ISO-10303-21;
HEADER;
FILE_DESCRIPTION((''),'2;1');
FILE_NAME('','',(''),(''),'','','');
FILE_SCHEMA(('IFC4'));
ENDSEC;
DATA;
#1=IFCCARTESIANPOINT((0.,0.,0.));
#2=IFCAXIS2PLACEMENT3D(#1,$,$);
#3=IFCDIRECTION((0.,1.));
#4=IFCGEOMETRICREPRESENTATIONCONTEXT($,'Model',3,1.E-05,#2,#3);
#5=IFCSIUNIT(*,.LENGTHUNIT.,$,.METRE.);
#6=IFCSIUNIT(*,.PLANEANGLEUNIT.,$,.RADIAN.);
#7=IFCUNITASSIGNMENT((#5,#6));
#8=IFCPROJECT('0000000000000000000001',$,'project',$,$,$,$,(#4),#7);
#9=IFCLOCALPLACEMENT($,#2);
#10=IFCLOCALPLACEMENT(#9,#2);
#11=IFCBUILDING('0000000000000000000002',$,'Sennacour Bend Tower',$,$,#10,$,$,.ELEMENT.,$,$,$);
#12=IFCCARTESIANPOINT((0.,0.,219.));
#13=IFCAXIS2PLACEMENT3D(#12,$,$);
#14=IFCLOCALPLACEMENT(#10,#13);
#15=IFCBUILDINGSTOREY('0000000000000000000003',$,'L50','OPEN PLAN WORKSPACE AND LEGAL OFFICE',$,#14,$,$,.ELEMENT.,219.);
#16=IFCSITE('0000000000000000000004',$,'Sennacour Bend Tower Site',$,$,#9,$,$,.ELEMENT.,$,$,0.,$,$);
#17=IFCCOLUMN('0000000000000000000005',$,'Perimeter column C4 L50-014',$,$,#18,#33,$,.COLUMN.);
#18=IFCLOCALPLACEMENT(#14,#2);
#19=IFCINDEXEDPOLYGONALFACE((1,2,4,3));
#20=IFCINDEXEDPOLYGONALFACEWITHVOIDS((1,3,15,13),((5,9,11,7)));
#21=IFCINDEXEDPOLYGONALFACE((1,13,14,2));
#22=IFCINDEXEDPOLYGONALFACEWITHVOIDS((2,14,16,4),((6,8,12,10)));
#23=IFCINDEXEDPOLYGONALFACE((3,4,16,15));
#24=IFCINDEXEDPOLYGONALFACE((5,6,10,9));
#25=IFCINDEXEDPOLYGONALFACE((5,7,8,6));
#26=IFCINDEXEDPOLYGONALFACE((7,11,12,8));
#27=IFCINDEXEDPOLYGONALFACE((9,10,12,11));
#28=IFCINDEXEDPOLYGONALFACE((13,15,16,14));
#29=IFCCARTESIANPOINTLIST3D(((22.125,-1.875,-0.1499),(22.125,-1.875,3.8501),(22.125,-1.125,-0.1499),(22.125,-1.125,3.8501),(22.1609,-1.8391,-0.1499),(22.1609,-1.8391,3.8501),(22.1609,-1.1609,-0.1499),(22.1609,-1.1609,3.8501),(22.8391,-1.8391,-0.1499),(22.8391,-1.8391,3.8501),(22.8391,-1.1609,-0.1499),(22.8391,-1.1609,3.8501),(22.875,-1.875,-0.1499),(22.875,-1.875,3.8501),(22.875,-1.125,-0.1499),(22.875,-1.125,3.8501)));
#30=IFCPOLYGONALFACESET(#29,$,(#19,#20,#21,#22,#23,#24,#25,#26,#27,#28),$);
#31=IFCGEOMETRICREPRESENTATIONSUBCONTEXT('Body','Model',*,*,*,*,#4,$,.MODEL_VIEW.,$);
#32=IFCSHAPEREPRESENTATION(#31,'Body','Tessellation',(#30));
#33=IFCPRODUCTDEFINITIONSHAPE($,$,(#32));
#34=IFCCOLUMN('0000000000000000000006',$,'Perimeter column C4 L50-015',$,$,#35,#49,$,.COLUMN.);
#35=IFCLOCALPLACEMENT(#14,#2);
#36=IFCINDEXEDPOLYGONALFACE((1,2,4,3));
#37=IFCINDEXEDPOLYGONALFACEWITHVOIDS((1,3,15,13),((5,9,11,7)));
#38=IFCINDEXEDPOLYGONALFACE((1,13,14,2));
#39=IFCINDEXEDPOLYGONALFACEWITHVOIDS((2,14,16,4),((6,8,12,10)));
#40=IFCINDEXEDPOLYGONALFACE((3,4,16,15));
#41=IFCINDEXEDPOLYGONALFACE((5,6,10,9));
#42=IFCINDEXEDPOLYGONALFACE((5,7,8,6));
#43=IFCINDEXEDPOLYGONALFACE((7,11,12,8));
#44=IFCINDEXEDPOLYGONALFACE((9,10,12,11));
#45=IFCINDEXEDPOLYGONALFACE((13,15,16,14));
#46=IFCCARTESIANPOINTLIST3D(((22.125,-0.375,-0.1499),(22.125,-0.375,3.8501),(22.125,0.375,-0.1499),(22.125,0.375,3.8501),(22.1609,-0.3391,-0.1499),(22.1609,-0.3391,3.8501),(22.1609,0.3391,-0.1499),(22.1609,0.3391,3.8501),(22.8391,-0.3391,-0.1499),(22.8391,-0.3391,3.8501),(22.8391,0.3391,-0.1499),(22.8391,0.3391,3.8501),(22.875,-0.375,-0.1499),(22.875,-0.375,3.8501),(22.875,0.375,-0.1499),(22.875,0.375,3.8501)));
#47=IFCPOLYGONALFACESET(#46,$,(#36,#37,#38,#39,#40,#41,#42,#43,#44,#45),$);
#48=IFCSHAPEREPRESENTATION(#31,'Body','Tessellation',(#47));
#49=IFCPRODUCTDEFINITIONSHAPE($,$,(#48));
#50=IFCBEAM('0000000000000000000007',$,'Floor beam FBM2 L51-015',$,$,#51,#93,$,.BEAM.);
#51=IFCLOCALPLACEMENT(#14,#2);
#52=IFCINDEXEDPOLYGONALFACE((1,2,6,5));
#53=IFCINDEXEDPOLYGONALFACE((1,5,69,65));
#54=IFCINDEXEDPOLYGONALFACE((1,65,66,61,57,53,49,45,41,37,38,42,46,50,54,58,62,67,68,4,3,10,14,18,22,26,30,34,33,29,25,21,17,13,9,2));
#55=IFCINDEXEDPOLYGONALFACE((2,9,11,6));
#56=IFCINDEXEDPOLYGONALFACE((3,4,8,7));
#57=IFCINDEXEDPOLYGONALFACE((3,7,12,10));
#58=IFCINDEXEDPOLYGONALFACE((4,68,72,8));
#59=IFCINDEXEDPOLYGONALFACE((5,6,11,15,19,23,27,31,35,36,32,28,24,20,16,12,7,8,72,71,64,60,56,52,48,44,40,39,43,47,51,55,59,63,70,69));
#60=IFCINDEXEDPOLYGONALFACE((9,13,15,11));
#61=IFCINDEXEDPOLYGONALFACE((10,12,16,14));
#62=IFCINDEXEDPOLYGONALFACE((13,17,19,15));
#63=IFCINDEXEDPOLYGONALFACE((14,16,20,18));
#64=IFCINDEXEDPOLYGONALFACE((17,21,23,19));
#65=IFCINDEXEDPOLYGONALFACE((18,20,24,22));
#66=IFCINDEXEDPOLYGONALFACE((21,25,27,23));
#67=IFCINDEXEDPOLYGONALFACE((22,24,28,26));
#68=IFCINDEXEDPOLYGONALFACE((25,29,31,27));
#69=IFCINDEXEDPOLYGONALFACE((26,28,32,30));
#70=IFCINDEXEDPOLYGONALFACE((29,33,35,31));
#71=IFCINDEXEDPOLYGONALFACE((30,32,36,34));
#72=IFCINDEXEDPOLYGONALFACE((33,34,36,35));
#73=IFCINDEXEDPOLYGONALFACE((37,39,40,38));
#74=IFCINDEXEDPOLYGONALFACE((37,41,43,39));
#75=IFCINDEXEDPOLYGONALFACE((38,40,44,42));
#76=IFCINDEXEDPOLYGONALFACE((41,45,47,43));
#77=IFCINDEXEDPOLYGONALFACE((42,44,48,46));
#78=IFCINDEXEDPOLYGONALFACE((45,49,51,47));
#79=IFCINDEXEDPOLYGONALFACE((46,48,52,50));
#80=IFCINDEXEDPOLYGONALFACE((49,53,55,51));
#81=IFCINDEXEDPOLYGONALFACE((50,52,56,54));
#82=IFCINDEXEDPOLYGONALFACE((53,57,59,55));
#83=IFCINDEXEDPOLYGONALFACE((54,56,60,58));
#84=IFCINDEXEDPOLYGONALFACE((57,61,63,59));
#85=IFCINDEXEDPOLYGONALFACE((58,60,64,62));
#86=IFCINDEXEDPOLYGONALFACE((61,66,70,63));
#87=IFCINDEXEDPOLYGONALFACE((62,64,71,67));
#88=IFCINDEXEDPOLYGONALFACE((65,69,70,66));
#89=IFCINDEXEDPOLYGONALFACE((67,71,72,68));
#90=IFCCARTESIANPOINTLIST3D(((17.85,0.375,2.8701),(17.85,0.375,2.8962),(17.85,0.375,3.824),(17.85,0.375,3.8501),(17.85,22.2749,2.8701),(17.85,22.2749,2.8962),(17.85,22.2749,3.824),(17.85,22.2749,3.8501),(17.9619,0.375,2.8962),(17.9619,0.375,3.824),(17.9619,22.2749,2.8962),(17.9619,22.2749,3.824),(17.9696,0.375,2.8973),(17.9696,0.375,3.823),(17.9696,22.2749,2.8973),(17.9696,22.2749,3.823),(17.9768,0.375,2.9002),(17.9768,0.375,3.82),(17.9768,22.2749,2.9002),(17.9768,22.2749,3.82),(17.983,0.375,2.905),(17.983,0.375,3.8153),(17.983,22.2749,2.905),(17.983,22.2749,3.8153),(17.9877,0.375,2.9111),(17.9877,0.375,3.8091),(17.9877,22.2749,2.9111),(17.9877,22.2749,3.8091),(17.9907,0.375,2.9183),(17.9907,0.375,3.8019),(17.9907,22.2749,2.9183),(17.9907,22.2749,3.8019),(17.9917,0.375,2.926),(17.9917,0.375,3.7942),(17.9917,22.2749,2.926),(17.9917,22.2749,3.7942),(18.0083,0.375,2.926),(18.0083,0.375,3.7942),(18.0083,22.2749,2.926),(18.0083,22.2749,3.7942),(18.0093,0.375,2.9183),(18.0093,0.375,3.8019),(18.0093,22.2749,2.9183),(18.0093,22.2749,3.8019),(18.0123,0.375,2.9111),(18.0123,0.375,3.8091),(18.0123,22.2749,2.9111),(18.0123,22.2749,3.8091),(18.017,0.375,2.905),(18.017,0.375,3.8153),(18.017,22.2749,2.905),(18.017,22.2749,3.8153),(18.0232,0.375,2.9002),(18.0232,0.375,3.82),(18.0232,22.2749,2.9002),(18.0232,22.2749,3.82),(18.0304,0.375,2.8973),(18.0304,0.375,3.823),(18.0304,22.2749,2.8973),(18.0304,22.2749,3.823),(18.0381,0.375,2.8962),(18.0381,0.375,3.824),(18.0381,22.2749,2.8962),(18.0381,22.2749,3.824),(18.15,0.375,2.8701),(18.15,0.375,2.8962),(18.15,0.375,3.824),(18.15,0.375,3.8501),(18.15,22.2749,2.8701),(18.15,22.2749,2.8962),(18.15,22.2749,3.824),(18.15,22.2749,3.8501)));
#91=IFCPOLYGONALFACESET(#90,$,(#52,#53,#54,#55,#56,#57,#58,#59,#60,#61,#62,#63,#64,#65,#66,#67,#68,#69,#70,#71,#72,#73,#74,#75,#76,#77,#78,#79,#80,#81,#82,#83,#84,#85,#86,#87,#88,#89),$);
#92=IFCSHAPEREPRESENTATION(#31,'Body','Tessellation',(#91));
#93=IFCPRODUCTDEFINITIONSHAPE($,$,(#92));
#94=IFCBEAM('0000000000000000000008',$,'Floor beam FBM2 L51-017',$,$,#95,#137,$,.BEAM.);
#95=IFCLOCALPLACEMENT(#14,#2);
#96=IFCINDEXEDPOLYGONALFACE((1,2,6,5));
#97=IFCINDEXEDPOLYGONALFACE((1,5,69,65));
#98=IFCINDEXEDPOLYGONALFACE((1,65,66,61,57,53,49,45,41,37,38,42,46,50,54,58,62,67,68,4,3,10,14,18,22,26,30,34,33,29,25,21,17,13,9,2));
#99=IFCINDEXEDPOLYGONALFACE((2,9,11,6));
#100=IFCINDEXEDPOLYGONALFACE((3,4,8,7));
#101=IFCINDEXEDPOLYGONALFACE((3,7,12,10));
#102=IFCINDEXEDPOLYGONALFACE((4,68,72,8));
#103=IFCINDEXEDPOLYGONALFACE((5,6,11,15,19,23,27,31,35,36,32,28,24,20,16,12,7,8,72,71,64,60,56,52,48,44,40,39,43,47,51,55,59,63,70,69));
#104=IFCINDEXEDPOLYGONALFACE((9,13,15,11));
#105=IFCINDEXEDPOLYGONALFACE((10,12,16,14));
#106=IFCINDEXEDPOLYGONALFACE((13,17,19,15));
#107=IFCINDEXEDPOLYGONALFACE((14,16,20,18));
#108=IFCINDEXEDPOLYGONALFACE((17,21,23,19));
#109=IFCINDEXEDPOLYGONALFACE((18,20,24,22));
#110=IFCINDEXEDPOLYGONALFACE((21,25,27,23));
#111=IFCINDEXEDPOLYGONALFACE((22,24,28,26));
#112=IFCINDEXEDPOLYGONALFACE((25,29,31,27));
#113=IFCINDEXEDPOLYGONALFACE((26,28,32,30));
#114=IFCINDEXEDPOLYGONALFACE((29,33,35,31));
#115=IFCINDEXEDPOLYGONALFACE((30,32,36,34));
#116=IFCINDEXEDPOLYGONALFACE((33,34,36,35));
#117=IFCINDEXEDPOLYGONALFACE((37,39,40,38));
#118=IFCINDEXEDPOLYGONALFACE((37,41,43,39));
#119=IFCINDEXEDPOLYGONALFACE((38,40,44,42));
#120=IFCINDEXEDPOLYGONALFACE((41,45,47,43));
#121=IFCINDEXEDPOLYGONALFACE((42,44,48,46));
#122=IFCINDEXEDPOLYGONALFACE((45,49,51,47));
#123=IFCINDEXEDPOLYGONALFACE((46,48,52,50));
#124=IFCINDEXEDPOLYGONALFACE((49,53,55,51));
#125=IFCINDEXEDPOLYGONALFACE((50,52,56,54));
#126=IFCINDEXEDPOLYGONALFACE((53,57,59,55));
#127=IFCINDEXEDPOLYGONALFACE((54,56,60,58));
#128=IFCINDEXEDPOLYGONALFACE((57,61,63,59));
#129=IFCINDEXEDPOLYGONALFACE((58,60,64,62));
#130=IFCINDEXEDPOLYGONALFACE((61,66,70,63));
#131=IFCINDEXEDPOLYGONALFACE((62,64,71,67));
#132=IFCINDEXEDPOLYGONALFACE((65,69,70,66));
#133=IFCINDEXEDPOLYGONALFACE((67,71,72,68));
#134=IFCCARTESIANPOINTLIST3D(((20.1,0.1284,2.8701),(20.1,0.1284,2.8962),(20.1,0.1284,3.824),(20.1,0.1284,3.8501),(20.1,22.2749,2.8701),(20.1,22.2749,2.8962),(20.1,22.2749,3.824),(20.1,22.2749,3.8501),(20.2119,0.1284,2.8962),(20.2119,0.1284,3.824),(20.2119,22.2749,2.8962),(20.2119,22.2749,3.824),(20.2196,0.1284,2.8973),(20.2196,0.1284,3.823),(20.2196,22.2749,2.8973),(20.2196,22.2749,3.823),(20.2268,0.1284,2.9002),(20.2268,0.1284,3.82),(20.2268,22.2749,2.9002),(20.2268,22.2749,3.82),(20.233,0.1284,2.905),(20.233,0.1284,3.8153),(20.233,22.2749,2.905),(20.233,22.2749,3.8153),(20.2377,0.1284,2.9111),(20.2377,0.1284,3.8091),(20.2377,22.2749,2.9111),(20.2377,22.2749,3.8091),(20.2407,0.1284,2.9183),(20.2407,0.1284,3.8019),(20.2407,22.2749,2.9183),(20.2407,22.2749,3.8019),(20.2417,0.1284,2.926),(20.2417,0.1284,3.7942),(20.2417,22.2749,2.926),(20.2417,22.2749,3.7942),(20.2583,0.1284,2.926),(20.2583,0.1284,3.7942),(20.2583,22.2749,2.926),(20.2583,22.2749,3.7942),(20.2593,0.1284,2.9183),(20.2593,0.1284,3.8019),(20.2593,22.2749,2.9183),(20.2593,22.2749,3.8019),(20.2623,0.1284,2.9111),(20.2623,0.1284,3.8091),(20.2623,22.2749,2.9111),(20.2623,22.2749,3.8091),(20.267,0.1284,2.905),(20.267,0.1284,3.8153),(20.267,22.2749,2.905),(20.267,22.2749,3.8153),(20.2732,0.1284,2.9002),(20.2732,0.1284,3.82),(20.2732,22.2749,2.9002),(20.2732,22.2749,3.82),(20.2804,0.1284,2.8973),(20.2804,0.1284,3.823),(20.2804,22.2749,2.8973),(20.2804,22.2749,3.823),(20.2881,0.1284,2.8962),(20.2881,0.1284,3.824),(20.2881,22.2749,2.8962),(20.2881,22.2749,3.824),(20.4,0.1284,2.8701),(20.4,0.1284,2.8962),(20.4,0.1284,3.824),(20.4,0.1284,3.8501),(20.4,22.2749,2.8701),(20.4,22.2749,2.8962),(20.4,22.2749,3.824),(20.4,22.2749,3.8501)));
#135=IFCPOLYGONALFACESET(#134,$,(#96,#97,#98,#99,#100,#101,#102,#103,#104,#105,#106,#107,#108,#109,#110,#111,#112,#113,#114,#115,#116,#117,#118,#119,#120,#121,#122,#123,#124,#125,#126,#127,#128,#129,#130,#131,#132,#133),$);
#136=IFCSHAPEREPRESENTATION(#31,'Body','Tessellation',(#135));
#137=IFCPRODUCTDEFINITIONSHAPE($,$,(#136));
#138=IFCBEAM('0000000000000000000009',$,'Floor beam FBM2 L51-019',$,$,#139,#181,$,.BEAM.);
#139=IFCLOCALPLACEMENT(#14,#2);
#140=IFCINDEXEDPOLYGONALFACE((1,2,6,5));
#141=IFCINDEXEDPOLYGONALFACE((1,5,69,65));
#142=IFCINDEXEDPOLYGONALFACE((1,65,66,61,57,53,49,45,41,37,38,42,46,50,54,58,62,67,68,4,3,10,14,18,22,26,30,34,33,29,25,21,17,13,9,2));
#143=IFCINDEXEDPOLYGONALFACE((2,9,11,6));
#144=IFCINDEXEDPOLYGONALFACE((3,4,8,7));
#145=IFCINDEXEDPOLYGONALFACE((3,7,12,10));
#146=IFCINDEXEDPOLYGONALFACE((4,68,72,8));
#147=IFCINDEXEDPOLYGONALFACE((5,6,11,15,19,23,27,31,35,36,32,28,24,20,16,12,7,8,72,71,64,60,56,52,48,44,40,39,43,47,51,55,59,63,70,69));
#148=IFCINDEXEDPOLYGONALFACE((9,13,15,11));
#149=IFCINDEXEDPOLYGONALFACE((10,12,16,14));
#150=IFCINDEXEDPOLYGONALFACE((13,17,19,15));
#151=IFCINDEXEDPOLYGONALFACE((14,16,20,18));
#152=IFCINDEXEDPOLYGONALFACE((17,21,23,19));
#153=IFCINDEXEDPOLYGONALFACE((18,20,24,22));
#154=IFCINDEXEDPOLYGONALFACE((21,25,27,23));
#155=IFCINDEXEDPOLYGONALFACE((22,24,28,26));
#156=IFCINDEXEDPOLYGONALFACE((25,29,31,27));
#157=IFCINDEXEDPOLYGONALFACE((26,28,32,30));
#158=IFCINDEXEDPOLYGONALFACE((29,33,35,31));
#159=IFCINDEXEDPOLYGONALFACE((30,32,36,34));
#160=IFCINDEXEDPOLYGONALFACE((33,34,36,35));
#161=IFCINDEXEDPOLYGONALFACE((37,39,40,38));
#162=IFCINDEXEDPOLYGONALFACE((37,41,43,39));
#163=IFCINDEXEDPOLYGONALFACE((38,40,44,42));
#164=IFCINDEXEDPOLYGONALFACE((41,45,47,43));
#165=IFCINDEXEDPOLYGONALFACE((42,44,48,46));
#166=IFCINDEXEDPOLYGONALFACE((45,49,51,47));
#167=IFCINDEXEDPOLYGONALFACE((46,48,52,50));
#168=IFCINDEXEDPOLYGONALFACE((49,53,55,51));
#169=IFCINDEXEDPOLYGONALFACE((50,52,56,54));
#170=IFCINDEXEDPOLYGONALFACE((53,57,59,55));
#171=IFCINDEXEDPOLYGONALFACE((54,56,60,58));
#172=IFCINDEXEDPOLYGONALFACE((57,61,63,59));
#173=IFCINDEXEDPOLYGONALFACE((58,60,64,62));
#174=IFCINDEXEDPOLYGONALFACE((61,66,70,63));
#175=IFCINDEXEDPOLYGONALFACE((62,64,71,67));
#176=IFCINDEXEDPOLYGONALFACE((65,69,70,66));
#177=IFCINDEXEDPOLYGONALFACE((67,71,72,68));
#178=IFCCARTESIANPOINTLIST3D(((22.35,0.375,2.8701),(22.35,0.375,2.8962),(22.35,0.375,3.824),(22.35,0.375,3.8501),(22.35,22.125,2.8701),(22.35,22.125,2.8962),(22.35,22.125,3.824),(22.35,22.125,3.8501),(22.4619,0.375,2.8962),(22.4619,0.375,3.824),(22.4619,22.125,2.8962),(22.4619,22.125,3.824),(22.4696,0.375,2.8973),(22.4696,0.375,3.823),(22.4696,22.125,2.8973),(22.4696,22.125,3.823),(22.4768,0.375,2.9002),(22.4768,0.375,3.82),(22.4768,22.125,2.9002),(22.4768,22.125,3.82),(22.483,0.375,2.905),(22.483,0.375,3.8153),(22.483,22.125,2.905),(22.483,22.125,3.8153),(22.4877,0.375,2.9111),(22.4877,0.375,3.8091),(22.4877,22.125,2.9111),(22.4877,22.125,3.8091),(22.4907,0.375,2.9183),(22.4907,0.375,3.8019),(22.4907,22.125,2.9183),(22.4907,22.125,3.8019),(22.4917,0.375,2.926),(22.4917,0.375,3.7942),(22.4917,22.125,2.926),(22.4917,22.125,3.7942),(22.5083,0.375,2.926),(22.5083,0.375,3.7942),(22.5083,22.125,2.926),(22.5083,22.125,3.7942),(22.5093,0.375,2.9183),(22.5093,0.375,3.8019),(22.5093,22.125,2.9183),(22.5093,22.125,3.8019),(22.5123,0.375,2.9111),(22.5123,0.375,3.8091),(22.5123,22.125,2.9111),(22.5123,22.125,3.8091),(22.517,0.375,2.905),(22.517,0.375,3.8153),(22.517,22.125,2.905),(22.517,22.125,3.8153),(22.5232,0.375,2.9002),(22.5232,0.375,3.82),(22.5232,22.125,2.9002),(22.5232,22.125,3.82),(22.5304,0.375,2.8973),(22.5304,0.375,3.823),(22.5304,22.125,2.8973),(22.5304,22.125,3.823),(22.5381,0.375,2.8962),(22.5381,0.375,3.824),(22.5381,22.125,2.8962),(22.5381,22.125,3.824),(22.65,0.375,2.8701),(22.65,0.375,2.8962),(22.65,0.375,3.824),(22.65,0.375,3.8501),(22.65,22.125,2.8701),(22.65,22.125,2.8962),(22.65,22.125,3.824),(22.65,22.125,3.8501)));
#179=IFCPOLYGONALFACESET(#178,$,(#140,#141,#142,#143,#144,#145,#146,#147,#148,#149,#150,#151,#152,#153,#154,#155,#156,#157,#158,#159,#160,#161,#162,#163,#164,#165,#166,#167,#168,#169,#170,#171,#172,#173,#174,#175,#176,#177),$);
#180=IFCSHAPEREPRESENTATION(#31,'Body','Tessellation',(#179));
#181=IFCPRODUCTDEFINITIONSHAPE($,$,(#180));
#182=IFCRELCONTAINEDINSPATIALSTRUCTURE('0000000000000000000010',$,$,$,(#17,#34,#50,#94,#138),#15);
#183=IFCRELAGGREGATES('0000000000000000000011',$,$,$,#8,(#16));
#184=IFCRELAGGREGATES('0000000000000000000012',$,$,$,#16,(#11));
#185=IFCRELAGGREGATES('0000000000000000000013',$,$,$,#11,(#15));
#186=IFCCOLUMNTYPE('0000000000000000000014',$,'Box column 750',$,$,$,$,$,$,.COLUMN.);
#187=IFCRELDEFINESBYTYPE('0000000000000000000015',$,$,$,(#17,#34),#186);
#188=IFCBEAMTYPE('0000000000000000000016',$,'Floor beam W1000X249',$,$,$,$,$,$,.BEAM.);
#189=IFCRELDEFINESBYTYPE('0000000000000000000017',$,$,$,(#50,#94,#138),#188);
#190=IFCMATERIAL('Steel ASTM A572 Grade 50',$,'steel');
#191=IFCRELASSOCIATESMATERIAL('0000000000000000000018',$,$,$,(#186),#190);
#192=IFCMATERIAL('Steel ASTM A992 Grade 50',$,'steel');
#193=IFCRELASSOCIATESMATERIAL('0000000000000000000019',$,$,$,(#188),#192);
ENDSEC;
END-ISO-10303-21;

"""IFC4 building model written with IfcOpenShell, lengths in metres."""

from ifc_helpers import new_model, si_unit, direction, frame, origin, origin_2d, place, context, subcontext, project, spatial, hollow_rectangle, i_section, extrude, material, material_profile, profile_set, type_object, element, save


model = new_model("IFC4")

# Units and contexts
model_context = context("Model", 3, precision=1e-05, world=origin(), true_north=direction((0.0, 1.0)))
body_context = subcontext(model_context, "Body", "Model", "MODEL_VIEW")
ifc_project = project(units=[si_unit("LENGTHUNIT", "METRE"), si_unit("PLANEANGLEUNIT", "RADIAN")], contexts=[model_context])

# Site, building, storey
site_placement = place(None, origin())
site = spatial("IfcSite", under=ifc_project, at=site_placement, Name="Sennacour Bend Tower Site", CompositionType="ELEMENT", RefElevation=0.0)
building_placement = place(site_placement, origin())
building = spatial("IfcBuilding", under=site, at=building_placement, Name="Sennacour Bend Tower", CompositionType="ELEMENT")
storey_placement = place(building_placement, frame((0.0, 0.0, 219.0)))
storey = spatial("IfcBuildingStorey", under=building, at=storey_placement, Name="L50", Description="OPEN PLAN WORKSPACE AND LEGAL OFFICE", CompositionType="ELEMENT", Elevation=219.0)

# Columns
ifc_material_1 = material(Name="Steel ASTM A572 Grade 50", Category="steel")
ifc_material_profile_1 = material_profile(ifc_material_1, hollow_rectangle(XDim=0.75, YDim=0.75, WallThickness=0.0359, at=origin_2d()), Name="Steel ASTM A572 Grade 50", Category="steel")
ifc_profile_set_1 = profile_set([ifc_material_profile_1], Name="Steel ASTM A572 Grade 50")
column_type = type_object("IfcColumnType", Name="Box column 750", PredefinedType="COLUMN", material=ifc_profile_set_1)
for number, where, z_axis, x_axis, name in (
    (1, (22.5, -1.5, -0.1499), (0.0, 0.0, 1.0), (1.0, 0.0, 0.0), "Perimeter column C4 L50-014"),
    (2, (22.5, 0.0, -0.1499), (0.0, 0.0, 1.0), (1.0, 0.0, 0.0), "Perimeter column C4 L50-015"),
):
    element("IfcColumn", number, at=place(storey_placement, frame(where, z_axis=z_axis, x_axis=x_axis)), inside=storey, type_object=column_type, Name=name, PredefinedType="COLUMN", context=body_context, shape_type="SweptSolid", body=[
        extrude(hollow_rectangle(XDim=0.75, YDim=0.75, WallThickness=0.0359, at=origin_2d()), origin(), (0.0, 0.0, 1.0), 4.0),
    ])

# Beams
ifc_material_2 = material(Name="Steel ASTM A992 Grade 50", Category="steel")
ifc_material_profile_2 = material_profile(ifc_material_2, i_section(OverallWidth=0.3, OverallDepth=0.98, WebThickness=0.0166, FlangeThickness=0.0261, FilletRadius=0.0298, at=origin_2d()), Name="Steel ASTM A992 Grade 50", Category="steel")
ifc_profile_set_2 = profile_set([ifc_material_profile_2], Name="Steel ASTM A992 Grade 50")
beam_type_1 = type_object("IfcBeamType", Name="Floor beam W1000X249", PredefinedType="BEAM", material=ifc_profile_set_2)
beam_1_placement = place(storey_placement, frame((18.0, 0.375, 3.3601), z_axis=(0.0, 1.0, 0.0), x_axis=(-1.0, 0.0, 0.0)))
element("IfcBeam", 3, at=beam_1_placement, inside=storey, type_object=beam_type_1, Name="Floor beam FBM2 L51-015", PredefinedType="BEAM", context=body_context, shape_type="SweptSolid", body=[
    extrude(i_section(OverallWidth=0.3, OverallDepth=0.98, WebThickness=0.0166, FlangeThickness=0.0261, FilletRadius=0.0298, at=origin_2d()), origin(), (0.0, 0.0, 1.0), 21.8999),
])
beam_2_placement = place(storey_placement, frame((20.25, 0.1284, 3.3601), z_axis=(0.0, 1.0, 0.0), x_axis=(-1.0, 0.0, 0.0)))
element("IfcBeam", 4, at=beam_2_placement, inside=storey, type_object=beam_type_1, Name="Floor beam FBM2 L51-017", PredefinedType="BEAM", context=body_context, shape_type="SweptSolid", body=[
    extrude(i_section(OverallWidth=0.3, OverallDepth=0.98, WebThickness=0.0166, FlangeThickness=0.0261, FilletRadius=0.0298, at=origin_2d()), origin(), (0.0, 0.0, 1.0), 22.1465),
])
beam_3_placement = place(storey_placement, frame((22.5, 0.375, 3.3601), z_axis=(0.0, 1.0, 0.0), x_axis=(-1.0, 0.0, 0.0)))
element("IfcBeam", 5, at=beam_3_placement, inside=storey, type_object=beam_type_1, Name="Floor beam FBM2 L51-019", PredefinedType="BEAM", context=body_context, shape_type="SweptSolid", body=[
    extrude(i_section(OverallWidth=0.3, OverallDepth=0.98, WebThickness=0.0166, FlangeThickness=0.0261, FilletRadius=0.0298, at=origin_2d()), origin(), (0.0, 0.0, 1.0), 21.75),
])

save(model, "model.ifc")
